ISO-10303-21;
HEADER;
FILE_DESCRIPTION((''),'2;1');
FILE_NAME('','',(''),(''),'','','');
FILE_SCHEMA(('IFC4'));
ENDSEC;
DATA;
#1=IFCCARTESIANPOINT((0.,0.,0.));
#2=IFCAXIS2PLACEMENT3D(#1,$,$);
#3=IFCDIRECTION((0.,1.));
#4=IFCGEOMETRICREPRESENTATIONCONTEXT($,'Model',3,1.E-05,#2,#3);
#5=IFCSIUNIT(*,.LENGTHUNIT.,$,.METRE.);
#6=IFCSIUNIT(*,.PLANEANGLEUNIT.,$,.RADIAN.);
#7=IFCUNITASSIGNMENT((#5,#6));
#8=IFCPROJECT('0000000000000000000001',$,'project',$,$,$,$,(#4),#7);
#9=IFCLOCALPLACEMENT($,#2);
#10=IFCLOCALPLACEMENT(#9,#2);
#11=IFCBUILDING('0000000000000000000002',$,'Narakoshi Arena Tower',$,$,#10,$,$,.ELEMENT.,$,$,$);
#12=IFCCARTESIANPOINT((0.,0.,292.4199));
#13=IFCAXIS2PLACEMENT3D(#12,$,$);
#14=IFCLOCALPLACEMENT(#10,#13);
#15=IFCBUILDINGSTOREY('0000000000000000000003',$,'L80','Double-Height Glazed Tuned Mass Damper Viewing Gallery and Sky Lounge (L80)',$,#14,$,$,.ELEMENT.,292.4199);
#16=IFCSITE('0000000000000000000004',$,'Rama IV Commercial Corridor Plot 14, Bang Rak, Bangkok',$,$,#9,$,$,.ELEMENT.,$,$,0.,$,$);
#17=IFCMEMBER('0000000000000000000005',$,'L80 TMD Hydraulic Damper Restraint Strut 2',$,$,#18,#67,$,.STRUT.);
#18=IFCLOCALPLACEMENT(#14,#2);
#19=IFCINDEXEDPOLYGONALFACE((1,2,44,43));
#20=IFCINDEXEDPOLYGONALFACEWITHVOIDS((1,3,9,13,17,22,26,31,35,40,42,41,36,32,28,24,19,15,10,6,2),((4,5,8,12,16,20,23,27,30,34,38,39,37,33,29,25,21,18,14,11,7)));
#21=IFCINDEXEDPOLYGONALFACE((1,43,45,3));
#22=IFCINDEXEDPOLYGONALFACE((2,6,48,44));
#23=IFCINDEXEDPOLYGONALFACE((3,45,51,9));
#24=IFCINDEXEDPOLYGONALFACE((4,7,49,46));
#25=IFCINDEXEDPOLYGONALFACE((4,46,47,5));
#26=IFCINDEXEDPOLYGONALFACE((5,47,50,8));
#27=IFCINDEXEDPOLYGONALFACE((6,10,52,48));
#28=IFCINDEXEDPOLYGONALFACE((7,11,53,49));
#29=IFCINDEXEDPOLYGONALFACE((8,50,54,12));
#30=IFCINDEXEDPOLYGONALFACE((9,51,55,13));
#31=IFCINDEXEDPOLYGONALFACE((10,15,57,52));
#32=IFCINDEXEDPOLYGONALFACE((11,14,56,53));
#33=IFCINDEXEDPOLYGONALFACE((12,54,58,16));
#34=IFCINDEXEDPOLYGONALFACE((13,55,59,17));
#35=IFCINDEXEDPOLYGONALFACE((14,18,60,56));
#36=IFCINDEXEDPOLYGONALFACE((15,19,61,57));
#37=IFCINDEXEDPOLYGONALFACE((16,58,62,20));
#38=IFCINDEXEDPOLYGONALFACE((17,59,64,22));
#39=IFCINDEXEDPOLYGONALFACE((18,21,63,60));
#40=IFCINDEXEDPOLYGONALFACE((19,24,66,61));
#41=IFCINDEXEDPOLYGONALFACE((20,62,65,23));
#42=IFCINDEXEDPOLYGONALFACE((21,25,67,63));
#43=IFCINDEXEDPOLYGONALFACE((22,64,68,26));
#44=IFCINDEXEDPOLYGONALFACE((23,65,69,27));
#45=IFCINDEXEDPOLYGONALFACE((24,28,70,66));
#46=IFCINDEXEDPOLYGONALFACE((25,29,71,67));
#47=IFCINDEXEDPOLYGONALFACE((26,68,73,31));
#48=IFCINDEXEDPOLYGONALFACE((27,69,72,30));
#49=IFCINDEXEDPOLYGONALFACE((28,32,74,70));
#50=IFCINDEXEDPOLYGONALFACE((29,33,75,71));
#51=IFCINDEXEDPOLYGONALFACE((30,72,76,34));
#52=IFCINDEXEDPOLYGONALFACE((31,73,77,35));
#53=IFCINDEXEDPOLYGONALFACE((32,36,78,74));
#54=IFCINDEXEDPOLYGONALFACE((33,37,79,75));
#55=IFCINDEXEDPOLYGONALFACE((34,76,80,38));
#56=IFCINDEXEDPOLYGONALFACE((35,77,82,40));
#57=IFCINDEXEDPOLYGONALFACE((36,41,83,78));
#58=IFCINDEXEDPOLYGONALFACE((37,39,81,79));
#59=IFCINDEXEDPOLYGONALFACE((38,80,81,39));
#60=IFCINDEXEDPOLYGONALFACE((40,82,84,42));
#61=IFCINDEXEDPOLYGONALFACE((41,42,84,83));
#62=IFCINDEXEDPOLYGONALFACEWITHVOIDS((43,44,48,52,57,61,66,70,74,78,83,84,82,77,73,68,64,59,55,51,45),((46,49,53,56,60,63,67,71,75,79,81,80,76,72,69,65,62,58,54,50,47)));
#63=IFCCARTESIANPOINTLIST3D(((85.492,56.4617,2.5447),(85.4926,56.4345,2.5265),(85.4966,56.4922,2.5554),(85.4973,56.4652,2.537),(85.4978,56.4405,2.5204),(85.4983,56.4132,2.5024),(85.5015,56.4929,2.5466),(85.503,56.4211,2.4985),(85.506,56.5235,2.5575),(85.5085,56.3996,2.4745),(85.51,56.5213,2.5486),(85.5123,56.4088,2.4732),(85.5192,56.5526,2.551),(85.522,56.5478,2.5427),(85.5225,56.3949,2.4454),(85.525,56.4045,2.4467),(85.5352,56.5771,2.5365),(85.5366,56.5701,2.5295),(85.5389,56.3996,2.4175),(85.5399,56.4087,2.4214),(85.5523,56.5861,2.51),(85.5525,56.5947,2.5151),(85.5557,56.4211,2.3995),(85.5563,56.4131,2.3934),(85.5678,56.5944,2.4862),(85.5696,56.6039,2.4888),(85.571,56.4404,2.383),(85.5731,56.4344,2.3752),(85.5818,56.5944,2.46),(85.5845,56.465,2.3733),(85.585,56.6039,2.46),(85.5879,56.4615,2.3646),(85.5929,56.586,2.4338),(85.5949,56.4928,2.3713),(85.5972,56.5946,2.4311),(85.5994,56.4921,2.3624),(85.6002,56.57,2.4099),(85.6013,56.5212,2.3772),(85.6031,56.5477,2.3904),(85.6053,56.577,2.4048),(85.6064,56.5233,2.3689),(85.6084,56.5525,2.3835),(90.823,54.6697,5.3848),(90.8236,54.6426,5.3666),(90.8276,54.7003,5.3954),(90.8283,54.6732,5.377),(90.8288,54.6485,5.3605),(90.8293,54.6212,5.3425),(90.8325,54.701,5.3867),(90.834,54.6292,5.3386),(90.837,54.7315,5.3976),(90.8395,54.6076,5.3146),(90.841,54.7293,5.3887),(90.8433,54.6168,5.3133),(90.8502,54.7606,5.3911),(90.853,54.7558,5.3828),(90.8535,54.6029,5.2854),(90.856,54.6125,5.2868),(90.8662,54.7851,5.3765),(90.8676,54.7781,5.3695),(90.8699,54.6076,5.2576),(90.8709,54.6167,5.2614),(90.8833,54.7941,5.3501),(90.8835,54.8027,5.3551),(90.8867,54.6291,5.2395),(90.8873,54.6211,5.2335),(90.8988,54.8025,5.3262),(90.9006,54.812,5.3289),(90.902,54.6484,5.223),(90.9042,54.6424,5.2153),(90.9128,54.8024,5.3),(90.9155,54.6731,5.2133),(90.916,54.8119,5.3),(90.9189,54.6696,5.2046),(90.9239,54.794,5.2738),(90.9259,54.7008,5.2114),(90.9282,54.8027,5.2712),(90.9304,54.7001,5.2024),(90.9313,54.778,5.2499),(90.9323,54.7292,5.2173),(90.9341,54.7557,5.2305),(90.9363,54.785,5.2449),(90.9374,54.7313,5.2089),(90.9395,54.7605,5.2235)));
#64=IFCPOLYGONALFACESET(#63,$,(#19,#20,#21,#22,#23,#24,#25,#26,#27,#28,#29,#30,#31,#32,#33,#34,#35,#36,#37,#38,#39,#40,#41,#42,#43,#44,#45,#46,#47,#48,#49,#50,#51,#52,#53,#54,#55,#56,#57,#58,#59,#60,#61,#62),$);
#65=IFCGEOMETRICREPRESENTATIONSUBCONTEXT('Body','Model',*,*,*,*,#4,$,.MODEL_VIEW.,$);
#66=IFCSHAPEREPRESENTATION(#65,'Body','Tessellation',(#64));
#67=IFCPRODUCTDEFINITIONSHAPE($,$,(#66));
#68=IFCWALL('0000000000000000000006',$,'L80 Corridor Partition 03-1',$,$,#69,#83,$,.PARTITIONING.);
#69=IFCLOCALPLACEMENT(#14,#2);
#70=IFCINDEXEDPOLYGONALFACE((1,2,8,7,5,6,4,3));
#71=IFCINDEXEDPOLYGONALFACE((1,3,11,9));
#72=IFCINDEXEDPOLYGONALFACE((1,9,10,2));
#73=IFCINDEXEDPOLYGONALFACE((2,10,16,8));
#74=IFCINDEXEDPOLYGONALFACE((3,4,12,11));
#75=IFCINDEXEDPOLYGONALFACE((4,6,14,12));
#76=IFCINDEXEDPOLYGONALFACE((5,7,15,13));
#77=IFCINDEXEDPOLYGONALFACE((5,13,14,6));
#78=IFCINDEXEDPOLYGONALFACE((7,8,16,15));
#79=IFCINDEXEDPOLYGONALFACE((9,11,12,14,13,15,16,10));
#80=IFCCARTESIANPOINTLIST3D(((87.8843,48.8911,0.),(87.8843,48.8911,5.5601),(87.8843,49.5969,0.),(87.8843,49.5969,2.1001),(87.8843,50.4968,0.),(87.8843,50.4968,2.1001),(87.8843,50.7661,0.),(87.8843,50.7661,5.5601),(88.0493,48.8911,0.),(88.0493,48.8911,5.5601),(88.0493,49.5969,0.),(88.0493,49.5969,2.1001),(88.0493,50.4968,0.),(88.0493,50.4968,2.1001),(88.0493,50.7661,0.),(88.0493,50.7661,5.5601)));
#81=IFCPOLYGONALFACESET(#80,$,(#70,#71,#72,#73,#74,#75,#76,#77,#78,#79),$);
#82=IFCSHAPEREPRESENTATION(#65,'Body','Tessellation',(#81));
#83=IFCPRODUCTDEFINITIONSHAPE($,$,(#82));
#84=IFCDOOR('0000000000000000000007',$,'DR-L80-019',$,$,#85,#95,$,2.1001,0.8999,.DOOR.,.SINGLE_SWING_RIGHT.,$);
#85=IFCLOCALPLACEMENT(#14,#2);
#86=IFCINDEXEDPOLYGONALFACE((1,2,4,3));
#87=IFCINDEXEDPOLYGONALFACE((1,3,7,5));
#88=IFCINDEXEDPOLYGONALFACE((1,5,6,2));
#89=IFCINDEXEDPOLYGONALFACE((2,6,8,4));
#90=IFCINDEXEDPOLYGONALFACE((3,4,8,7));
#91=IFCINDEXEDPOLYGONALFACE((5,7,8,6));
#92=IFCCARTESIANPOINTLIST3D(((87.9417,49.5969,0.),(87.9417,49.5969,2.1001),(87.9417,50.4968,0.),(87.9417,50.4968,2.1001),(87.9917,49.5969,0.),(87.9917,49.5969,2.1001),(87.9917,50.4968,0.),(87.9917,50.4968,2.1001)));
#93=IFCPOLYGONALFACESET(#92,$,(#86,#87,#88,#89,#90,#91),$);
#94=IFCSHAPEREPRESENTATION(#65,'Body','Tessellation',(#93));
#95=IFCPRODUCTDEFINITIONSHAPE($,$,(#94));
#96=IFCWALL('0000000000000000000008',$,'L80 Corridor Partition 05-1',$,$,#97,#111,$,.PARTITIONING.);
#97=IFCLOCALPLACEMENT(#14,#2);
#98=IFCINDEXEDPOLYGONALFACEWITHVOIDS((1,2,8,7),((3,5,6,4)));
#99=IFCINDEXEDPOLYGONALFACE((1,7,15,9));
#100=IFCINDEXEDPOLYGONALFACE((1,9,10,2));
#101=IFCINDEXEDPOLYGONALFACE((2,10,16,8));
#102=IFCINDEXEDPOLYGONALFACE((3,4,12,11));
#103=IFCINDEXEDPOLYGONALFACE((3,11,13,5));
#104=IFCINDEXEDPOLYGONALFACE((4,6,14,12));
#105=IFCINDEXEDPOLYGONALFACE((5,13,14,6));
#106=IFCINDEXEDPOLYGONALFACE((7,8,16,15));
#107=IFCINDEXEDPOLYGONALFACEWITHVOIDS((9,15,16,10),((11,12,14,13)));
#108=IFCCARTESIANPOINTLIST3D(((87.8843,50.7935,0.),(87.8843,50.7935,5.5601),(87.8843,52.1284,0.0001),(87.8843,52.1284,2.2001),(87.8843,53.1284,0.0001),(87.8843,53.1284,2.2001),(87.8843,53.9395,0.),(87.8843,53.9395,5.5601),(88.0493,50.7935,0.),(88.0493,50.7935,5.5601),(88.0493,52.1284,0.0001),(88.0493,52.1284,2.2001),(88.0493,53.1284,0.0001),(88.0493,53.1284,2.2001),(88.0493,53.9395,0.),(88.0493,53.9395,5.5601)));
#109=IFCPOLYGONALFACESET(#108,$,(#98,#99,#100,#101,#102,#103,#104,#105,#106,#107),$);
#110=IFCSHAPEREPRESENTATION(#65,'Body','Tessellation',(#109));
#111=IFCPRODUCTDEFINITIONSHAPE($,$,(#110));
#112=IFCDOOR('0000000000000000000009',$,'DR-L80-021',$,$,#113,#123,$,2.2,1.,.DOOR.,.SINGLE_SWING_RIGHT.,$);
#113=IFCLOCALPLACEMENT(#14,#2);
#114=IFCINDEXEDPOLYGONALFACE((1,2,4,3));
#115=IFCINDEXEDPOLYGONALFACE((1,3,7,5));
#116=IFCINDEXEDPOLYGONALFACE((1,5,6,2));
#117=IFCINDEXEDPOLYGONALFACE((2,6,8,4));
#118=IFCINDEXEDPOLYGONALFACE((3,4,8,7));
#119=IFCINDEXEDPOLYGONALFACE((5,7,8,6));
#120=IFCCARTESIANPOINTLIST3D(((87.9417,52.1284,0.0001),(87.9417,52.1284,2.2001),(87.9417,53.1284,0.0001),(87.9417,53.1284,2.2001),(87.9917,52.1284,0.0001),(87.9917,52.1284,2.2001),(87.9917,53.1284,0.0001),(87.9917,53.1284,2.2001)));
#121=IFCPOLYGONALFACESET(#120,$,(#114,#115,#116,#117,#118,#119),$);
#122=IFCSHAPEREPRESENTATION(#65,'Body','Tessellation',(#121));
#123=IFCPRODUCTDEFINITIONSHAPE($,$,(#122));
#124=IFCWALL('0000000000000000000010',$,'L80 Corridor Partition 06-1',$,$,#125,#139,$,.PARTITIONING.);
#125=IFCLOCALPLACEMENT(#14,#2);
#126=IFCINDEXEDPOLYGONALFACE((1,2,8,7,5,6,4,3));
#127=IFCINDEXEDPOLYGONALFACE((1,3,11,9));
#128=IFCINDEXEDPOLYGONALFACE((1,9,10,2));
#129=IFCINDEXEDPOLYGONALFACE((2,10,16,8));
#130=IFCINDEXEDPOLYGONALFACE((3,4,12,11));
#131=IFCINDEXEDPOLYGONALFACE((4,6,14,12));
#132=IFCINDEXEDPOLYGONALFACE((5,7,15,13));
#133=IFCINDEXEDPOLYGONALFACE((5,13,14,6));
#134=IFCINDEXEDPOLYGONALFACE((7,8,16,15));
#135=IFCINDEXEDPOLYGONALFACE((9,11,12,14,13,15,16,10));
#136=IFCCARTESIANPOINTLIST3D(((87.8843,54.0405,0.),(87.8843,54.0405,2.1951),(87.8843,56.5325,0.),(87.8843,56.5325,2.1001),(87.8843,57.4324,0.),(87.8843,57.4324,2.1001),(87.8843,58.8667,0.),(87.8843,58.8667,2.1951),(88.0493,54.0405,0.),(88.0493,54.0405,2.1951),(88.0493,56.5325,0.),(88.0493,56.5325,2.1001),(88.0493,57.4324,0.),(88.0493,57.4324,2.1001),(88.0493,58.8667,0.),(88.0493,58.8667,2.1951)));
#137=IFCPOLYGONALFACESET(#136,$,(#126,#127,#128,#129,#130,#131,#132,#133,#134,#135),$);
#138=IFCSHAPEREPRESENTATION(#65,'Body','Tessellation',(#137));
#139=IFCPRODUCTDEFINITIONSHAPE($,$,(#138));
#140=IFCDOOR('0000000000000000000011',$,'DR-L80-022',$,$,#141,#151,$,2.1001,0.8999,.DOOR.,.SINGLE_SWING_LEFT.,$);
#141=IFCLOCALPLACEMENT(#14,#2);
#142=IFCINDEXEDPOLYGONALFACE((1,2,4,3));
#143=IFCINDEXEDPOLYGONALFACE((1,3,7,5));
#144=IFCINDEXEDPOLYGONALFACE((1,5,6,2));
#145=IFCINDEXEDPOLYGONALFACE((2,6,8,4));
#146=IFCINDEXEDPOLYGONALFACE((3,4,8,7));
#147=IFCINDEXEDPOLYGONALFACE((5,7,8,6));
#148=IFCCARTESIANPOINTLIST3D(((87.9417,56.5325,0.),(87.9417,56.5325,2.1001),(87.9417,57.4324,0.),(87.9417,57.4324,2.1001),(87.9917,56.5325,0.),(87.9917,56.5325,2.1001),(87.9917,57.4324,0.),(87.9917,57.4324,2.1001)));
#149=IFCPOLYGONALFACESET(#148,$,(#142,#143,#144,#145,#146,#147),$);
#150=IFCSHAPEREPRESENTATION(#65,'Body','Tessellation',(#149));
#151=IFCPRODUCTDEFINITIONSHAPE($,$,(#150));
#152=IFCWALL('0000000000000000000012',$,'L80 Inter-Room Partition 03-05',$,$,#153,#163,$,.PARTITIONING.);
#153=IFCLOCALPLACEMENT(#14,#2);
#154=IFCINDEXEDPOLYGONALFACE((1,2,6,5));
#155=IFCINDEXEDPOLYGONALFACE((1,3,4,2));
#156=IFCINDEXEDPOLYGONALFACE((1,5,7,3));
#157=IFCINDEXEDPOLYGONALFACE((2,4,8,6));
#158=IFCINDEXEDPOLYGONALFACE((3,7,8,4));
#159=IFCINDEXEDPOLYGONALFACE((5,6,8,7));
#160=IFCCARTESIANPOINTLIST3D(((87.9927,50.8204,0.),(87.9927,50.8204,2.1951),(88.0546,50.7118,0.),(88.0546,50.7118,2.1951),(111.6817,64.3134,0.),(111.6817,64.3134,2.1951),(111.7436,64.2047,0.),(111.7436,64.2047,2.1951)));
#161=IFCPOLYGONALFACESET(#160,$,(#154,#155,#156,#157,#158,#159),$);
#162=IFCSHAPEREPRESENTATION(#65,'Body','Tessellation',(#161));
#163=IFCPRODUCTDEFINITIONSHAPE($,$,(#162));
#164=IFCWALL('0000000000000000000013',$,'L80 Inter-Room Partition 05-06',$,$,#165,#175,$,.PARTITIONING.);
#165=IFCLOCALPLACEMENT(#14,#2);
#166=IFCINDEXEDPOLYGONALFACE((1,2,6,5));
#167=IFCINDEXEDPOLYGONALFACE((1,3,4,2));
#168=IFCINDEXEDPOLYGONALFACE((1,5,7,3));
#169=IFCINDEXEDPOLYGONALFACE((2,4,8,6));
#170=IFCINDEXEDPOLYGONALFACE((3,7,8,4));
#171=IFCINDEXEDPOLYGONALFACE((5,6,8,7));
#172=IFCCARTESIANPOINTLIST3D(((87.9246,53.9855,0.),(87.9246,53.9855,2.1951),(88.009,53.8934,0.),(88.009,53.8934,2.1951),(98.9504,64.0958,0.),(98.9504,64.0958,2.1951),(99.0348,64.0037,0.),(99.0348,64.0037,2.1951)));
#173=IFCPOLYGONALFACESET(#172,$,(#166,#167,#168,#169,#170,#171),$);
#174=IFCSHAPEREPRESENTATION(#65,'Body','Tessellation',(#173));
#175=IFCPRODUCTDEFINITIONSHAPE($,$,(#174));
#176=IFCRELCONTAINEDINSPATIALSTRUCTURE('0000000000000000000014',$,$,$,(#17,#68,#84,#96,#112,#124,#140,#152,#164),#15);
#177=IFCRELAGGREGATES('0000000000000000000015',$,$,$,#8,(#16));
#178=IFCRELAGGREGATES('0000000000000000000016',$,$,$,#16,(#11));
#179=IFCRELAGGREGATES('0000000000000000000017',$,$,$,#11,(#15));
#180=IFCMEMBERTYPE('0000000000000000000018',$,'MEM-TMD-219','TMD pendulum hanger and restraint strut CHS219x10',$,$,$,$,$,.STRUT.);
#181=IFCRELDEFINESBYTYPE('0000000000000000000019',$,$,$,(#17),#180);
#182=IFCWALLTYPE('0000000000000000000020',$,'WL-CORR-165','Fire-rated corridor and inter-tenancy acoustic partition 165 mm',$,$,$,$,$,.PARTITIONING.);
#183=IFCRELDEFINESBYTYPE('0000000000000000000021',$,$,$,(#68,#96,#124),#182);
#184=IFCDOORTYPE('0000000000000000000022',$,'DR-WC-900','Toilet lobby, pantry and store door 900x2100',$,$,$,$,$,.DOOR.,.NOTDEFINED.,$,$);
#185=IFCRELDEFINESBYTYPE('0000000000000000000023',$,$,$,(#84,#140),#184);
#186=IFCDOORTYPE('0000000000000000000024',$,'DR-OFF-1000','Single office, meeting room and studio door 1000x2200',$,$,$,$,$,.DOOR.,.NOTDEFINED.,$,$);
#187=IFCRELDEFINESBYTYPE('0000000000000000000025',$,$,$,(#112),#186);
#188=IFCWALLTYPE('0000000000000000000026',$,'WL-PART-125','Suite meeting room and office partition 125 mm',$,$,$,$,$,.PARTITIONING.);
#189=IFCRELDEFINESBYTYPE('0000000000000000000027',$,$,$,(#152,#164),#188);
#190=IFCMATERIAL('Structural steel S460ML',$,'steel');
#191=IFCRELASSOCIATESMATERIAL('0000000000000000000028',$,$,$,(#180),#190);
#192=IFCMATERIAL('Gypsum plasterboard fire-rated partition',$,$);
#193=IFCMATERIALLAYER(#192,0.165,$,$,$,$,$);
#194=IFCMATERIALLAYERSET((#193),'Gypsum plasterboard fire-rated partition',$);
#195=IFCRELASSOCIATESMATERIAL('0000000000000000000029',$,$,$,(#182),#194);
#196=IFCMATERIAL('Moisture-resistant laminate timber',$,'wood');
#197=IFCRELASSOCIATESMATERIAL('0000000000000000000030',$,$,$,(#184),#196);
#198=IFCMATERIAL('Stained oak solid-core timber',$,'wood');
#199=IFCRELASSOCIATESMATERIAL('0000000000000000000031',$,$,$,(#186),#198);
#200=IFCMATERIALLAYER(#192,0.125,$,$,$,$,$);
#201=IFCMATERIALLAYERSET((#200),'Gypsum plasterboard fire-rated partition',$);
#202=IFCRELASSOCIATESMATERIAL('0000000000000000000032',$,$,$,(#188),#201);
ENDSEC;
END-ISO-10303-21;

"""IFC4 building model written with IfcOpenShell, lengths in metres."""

from ifc_helpers import new_model, si_unit, direction, frame, frame_2d, origin, origin_2d, place, context, subcontext, project, spatial, rectangle, hollow_circle, extrude, material, layer, layer_set, material_profile, profile_set, type_object, element, fill, save


model = new_model("IFC4")

# Units and contexts
model_context = context("Model", 3, precision=1e-05, world=origin(), true_north=direction((0.0, 1.0)))
body_context = subcontext(model_context, "Body", "Model", "MODEL_VIEW")
ifc_project = project(units=[si_unit("LENGTHUNIT", "METRE"), si_unit("PLANEANGLEUNIT", "RADIAN")], contexts=[model_context])

# Site, building, storey
site_placement = place(None, origin())
site = spatial("IfcSite", under=ifc_project, at=site_placement, Name="Rama IV Commercial Corridor Plot 14, Bang Rak, Bangkok", CompositionType="ELEMENT", RefElevation=0.0)
building_placement = place(site_placement, origin())
building = spatial("IfcBuilding", under=site, at=building_placement, Name="Narakoshi Arena Tower", CompositionType="ELEMENT")
storey_placement = place(building_placement, frame((0.0, 0.0, 292.4199)))
storey = spatial("IfcBuildingStorey", under=building, at=storey_placement, Name="L80", Description="Double-Height Glazed Tuned Mass Damper Viewing Gallery and Sky Lounge (L80)", CompositionType="ELEMENT", Elevation=292.4199)

# Shared definitions
ifc_material_1 = material(Name="Structural steel S460ML", Category="steel")

# Member
ifc_material_profile_1 = material_profile(ifc_material_1, hollow_circle(Radius=0.1096, WallThickness=0.01, at=origin_2d()), Name="CHS219x10")
ifc_profile_set_1 = profile_set([ifc_material_profile_1], Name="Structural steel S460ML")
member_type = type_object("IfcMemberType", Name="MEM-TMD-219", Description="TMD pendulum hanger and restraint strut CHS219x10", PredefinedType="STRUT", material=ifc_profile_set_1)
member_1_placement = place(storey_placement, frame((85.55, 56.5, 2.46), z_axis=(0.846119, -0.284416, 0.450765), x_axis=(0.318623, 0.947882, 0.0)))
element("IfcMember", 1, at=member_1_placement, inside=storey, type_object=member_type, Name="L80 TMD Hydraulic Damper Restraint Strut 2", PredefinedType="STRUT", context=body_context, shape_type="SweptSolid", body=[
    extrude(hollow_circle(Radius=0.1096, WallThickness=0.01, at=origin_2d()), origin(), (0.0, 0.0, 1.0), 6.3005),
])

# Walls, openings, doors
ifc_material_2 = material(Name="Gypsum plasterboard fire-rated partition")
ifc_layer_1 = layer(ifc_material_2, 0.165)
ifc_layer_set_1 = layer_set([ifc_layer_1], Name="Gypsum plasterboard fire-rated partition")
wall_type_1 = type_object("IfcWallType", Name="WL-CORR-165", Description="Fire-rated corridor and inter-tenancy acoustic partition 165 mm", PredefinedType="PARTITIONING", material=ifc_layer_set_1)
wall_1_placement = place(storey_placement, frame((87.9668, 48.8911, 0.0), z_axis=(0.0, 0.0, 1.0), x_axis=(0.0, 1.0, 0.0)))
wall_1 = element("IfcWall", 2, at=wall_1_placement, inside=storey, type_object=wall_type_1, Name="L80 Corridor Partition 03-1", PredefinedType="PARTITIONING", context=body_context, shape_type="SweptSolid", body=[
    extrude(rectangle(XDim=1.875, YDim=0.165, at=frame_2d((0.9375, 0.0))), origin(), (0.0, 0.0, 1.0), 5.5601),
])
opening_1_placement = place(wall_1_placement, frame((0.7058, 0.0, 0.0)))
opening_1 = element("IfcOpeningElement", 3, at=opening_1_placement, cuts=wall_1, PredefinedType="OPENING", context=body_context, shape_type="SweptSolid", body=[
    extrude(rectangle(XDim=0.8999, YDim=2.1001, at=frame_2d((0.45, 1.05))), frame((0.0, 0.0925, 0.0), z_axis=(0.0, -1.0, 0.0), x_axis=(1.0, 0.0, 0.0)), (0.0, 0.0, 1.0), 0.1851),
])
ifc_material_3 = material(Name="Moisture-resistant laminate timber", Category="wood")
door_type_1 = type_object("IfcDoorType", Name="DR-WC-900", Description="Toilet lobby, pantry and store door 900x2100", OperationType="NOTDEFINED", PredefinedType="DOOR", material=ifc_material_3)
door_1_placement = place(opening_1_placement, frame((0.8999, 0.0, 0.0), z_axis=(0.0, 0.0, 1.0), x_axis=(-1.0, 0.0, 0.0)))
door_1 = element("IfcDoor", 4, at=door_1_placement, inside=storey, type_object=door_type_1, Name="DR-L80-019", OperationType="SINGLE_SWING_RIGHT", OverallHeight=2.1001, OverallWidth=0.8999, PredefinedType="DOOR", context=body_context, shape_type="SweptSolid", body=[
    extrude(rectangle(XDim=0.8999, YDim=2.1001, at=frame_2d((0.45, 1.05))), frame((0.0, 0.0249, 0.0), z_axis=(0.0, -1.0, 0.0), x_axis=(1.0, 0.0, 0.0)), (0.0, 0.0, 1.0), 0.05),
])
fill(opening_1, door_1)
wall_2_placement = place(storey_placement, frame((87.9668, 50.7935, 0.0), z_axis=(0.0, 0.0, 1.0), x_axis=(0.0, 1.0, 0.0)))
wall_2 = element("IfcWall", 5, at=wall_2_placement, inside=storey, type_object=wall_type_1, Name="L80 Corridor Partition 05-1", PredefinedType="PARTITIONING", context=body_context, shape_type="SweptSolid", body=[
    extrude(rectangle(XDim=3.146, YDim=0.165, at=frame_2d((1.573, 0.0))), origin(), (0.0, 0.0, 1.0), 5.5601),
])
opening_2_placement = place(wall_2_placement, frame((1.335, 0.0, 0.0)))
opening_2 = element("IfcOpeningElement", 6, at=opening_2_placement, cuts=wall_2, PredefinedType="OPENING", context=body_context, shape_type="SweptSolid", body=[
    extrude(rectangle(XDim=1.0, YDim=2.2, at=frame_2d((0.5, 1.1001))), frame((0.0, 0.0925, 0.0), z_axis=(0.0, -1.0, 0.0), x_axis=(1.0, 0.0, 0.0)), (0.0, 0.0, 1.0), 0.1851),
])
ifc_material_4 = material(Name="Stained oak solid-core timber", Category="wood")
door_type_2 = type_object("IfcDoorType", Name="DR-OFF-1000", Description="Single office, meeting room and studio door 1000x2200", OperationType="NOTDEFINED", PredefinedType="DOOR", material=ifc_material_4)
door_2_placement = place(opening_2_placement, frame((1.0, 0.0, 0.0), z_axis=(0.0, 0.0, 1.0), x_axis=(-1.0, 0.0, 0.0)))
door_2 = element("IfcDoor", 7, at=door_2_placement, inside=storey, type_object=door_type_2, Name="DR-L80-021", OperationType="SINGLE_SWING_RIGHT", OverallHeight=2.2, OverallWidth=1.0, PredefinedType="DOOR", context=body_context, shape_type="SweptSolid", body=[
    extrude(rectangle(XDim=1.0, YDim=2.2, at=frame_2d((0.5, 1.1001))), frame((0.0, 0.0249, 0.0), z_axis=(0.0, -1.0, 0.0), x_axis=(1.0, 0.0, 0.0)), (0.0, 0.0, 1.0), 0.05),
])
fill(opening_2, door_2)
wall_3_placement = place(storey_placement, frame((87.9668, 54.0405, 0.0), z_axis=(0.0, 0.0, 1.0), x_axis=(0.0, 1.0, 0.0)))
wall_3 = element("IfcWall", 8, at=wall_3_placement, inside=storey, type_object=wall_type_1, Name="L80 Corridor Partition 06-1", PredefinedType="PARTITIONING", context=body_context, shape_type="SweptSolid", body=[
    extrude(rectangle(XDim=4.8262, YDim=0.165, at=frame_2d((2.4131, 0.0))), origin(), (0.0, 0.0, 1.0), 2.1951),
])
opening_3_placement = place(wall_3_placement, frame((2.4919, 0.0, 0.0)))
opening_3 = element("IfcOpeningElement", 9, at=opening_3_placement, cuts=wall_3, PredefinedType="OPENING", context=body_context, shape_type="SweptSolid", body=[
    extrude(rectangle(XDim=0.8999, YDim=2.1001, at=frame_2d((0.45, 1.05))), frame((0.0, 0.0925, 0.0), z_axis=(0.0, -1.0, 0.0), x_axis=(1.0, 0.0, 0.0)), (0.0, 0.0, 1.0), 0.1851),
])
door_3_placement = place(opening_3_placement, frame((0.8999, 0.0, 0.0), z_axis=(0.0, 0.0, 1.0), x_axis=(-1.0, 0.0, 0.0)))
door_3 = element("IfcDoor", 10, at=door_3_placement, inside=storey, type_object=door_type_1, Name="DR-L80-022", OperationType="SINGLE_SWING_LEFT", OverallHeight=2.1001, OverallWidth=0.8999, PredefinedType="DOOR", context=body_context, shape_type="SweptSolid", body=[
    extrude(rectangle(XDim=0.8999, YDim=2.1001, at=frame_2d((0.45, 1.05))), frame((0.0, 0.0249, 0.0), z_axis=(0.0, -1.0, 0.0), x_axis=(1.0, 0.0, 0.0)), (0.0, 0.0, 1.0), 0.05),
])
fill(opening_3, door_3)

# Walls
ifc_layer_2 = layer(ifc_material_2, 0.125)
ifc_layer_set_2 = layer_set([ifc_layer_2], Name="Gypsum plasterboard fire-rated partition")
wall_type_2 = type_object("IfcWallType", Name="WL-PART-125", Description="Suite meeting room and office partition 125 mm", PredefinedType="PARTITIONING", material=ifc_layer_set_2)
wall_4_placement = place(storey_placement, frame((88.0237, 50.7661, 0.0), z_axis=(0.0, 0.0, 1.0), x_axis=(0.868932, 0.494932, 0.0)))
element("IfcWall", 11, at=wall_4_placement, inside=storey, type_object=wall_type_2, Name="L80 Inter-Room Partition 03-05", PredefinedType="PARTITIONING", context=body_context, shape_type="SweptSolid", body=[
    extrude(rectangle(XDim=27.2622, YDim=0.125, at=frame_2d((13.6311, 0.0))), origin(), (0.0, 0.0, 1.0), 2.1951),
])
wall_5_placement = place(storey_placement, frame((87.9668, 53.9395, 0.0), z_axis=(0.0, 0.0, 1.0), x_axis=(0.737044, 0.675844, 0.0)))
element("IfcWall", 12, at=wall_5_placement, inside=storey, type_object=wall_type_2, Name="L80 Inter-Room Partition 05-06", PredefinedType="PARTITIONING", context=body_context, shape_type="SweptSolid", body=[
    extrude(rectangle(XDim=14.9595, YDim=0.125, at=frame_2d((7.4797, 0.0))), origin(), (0.0, 0.0, 1.0), 2.1951),
])

save(model, "model.ifc")
